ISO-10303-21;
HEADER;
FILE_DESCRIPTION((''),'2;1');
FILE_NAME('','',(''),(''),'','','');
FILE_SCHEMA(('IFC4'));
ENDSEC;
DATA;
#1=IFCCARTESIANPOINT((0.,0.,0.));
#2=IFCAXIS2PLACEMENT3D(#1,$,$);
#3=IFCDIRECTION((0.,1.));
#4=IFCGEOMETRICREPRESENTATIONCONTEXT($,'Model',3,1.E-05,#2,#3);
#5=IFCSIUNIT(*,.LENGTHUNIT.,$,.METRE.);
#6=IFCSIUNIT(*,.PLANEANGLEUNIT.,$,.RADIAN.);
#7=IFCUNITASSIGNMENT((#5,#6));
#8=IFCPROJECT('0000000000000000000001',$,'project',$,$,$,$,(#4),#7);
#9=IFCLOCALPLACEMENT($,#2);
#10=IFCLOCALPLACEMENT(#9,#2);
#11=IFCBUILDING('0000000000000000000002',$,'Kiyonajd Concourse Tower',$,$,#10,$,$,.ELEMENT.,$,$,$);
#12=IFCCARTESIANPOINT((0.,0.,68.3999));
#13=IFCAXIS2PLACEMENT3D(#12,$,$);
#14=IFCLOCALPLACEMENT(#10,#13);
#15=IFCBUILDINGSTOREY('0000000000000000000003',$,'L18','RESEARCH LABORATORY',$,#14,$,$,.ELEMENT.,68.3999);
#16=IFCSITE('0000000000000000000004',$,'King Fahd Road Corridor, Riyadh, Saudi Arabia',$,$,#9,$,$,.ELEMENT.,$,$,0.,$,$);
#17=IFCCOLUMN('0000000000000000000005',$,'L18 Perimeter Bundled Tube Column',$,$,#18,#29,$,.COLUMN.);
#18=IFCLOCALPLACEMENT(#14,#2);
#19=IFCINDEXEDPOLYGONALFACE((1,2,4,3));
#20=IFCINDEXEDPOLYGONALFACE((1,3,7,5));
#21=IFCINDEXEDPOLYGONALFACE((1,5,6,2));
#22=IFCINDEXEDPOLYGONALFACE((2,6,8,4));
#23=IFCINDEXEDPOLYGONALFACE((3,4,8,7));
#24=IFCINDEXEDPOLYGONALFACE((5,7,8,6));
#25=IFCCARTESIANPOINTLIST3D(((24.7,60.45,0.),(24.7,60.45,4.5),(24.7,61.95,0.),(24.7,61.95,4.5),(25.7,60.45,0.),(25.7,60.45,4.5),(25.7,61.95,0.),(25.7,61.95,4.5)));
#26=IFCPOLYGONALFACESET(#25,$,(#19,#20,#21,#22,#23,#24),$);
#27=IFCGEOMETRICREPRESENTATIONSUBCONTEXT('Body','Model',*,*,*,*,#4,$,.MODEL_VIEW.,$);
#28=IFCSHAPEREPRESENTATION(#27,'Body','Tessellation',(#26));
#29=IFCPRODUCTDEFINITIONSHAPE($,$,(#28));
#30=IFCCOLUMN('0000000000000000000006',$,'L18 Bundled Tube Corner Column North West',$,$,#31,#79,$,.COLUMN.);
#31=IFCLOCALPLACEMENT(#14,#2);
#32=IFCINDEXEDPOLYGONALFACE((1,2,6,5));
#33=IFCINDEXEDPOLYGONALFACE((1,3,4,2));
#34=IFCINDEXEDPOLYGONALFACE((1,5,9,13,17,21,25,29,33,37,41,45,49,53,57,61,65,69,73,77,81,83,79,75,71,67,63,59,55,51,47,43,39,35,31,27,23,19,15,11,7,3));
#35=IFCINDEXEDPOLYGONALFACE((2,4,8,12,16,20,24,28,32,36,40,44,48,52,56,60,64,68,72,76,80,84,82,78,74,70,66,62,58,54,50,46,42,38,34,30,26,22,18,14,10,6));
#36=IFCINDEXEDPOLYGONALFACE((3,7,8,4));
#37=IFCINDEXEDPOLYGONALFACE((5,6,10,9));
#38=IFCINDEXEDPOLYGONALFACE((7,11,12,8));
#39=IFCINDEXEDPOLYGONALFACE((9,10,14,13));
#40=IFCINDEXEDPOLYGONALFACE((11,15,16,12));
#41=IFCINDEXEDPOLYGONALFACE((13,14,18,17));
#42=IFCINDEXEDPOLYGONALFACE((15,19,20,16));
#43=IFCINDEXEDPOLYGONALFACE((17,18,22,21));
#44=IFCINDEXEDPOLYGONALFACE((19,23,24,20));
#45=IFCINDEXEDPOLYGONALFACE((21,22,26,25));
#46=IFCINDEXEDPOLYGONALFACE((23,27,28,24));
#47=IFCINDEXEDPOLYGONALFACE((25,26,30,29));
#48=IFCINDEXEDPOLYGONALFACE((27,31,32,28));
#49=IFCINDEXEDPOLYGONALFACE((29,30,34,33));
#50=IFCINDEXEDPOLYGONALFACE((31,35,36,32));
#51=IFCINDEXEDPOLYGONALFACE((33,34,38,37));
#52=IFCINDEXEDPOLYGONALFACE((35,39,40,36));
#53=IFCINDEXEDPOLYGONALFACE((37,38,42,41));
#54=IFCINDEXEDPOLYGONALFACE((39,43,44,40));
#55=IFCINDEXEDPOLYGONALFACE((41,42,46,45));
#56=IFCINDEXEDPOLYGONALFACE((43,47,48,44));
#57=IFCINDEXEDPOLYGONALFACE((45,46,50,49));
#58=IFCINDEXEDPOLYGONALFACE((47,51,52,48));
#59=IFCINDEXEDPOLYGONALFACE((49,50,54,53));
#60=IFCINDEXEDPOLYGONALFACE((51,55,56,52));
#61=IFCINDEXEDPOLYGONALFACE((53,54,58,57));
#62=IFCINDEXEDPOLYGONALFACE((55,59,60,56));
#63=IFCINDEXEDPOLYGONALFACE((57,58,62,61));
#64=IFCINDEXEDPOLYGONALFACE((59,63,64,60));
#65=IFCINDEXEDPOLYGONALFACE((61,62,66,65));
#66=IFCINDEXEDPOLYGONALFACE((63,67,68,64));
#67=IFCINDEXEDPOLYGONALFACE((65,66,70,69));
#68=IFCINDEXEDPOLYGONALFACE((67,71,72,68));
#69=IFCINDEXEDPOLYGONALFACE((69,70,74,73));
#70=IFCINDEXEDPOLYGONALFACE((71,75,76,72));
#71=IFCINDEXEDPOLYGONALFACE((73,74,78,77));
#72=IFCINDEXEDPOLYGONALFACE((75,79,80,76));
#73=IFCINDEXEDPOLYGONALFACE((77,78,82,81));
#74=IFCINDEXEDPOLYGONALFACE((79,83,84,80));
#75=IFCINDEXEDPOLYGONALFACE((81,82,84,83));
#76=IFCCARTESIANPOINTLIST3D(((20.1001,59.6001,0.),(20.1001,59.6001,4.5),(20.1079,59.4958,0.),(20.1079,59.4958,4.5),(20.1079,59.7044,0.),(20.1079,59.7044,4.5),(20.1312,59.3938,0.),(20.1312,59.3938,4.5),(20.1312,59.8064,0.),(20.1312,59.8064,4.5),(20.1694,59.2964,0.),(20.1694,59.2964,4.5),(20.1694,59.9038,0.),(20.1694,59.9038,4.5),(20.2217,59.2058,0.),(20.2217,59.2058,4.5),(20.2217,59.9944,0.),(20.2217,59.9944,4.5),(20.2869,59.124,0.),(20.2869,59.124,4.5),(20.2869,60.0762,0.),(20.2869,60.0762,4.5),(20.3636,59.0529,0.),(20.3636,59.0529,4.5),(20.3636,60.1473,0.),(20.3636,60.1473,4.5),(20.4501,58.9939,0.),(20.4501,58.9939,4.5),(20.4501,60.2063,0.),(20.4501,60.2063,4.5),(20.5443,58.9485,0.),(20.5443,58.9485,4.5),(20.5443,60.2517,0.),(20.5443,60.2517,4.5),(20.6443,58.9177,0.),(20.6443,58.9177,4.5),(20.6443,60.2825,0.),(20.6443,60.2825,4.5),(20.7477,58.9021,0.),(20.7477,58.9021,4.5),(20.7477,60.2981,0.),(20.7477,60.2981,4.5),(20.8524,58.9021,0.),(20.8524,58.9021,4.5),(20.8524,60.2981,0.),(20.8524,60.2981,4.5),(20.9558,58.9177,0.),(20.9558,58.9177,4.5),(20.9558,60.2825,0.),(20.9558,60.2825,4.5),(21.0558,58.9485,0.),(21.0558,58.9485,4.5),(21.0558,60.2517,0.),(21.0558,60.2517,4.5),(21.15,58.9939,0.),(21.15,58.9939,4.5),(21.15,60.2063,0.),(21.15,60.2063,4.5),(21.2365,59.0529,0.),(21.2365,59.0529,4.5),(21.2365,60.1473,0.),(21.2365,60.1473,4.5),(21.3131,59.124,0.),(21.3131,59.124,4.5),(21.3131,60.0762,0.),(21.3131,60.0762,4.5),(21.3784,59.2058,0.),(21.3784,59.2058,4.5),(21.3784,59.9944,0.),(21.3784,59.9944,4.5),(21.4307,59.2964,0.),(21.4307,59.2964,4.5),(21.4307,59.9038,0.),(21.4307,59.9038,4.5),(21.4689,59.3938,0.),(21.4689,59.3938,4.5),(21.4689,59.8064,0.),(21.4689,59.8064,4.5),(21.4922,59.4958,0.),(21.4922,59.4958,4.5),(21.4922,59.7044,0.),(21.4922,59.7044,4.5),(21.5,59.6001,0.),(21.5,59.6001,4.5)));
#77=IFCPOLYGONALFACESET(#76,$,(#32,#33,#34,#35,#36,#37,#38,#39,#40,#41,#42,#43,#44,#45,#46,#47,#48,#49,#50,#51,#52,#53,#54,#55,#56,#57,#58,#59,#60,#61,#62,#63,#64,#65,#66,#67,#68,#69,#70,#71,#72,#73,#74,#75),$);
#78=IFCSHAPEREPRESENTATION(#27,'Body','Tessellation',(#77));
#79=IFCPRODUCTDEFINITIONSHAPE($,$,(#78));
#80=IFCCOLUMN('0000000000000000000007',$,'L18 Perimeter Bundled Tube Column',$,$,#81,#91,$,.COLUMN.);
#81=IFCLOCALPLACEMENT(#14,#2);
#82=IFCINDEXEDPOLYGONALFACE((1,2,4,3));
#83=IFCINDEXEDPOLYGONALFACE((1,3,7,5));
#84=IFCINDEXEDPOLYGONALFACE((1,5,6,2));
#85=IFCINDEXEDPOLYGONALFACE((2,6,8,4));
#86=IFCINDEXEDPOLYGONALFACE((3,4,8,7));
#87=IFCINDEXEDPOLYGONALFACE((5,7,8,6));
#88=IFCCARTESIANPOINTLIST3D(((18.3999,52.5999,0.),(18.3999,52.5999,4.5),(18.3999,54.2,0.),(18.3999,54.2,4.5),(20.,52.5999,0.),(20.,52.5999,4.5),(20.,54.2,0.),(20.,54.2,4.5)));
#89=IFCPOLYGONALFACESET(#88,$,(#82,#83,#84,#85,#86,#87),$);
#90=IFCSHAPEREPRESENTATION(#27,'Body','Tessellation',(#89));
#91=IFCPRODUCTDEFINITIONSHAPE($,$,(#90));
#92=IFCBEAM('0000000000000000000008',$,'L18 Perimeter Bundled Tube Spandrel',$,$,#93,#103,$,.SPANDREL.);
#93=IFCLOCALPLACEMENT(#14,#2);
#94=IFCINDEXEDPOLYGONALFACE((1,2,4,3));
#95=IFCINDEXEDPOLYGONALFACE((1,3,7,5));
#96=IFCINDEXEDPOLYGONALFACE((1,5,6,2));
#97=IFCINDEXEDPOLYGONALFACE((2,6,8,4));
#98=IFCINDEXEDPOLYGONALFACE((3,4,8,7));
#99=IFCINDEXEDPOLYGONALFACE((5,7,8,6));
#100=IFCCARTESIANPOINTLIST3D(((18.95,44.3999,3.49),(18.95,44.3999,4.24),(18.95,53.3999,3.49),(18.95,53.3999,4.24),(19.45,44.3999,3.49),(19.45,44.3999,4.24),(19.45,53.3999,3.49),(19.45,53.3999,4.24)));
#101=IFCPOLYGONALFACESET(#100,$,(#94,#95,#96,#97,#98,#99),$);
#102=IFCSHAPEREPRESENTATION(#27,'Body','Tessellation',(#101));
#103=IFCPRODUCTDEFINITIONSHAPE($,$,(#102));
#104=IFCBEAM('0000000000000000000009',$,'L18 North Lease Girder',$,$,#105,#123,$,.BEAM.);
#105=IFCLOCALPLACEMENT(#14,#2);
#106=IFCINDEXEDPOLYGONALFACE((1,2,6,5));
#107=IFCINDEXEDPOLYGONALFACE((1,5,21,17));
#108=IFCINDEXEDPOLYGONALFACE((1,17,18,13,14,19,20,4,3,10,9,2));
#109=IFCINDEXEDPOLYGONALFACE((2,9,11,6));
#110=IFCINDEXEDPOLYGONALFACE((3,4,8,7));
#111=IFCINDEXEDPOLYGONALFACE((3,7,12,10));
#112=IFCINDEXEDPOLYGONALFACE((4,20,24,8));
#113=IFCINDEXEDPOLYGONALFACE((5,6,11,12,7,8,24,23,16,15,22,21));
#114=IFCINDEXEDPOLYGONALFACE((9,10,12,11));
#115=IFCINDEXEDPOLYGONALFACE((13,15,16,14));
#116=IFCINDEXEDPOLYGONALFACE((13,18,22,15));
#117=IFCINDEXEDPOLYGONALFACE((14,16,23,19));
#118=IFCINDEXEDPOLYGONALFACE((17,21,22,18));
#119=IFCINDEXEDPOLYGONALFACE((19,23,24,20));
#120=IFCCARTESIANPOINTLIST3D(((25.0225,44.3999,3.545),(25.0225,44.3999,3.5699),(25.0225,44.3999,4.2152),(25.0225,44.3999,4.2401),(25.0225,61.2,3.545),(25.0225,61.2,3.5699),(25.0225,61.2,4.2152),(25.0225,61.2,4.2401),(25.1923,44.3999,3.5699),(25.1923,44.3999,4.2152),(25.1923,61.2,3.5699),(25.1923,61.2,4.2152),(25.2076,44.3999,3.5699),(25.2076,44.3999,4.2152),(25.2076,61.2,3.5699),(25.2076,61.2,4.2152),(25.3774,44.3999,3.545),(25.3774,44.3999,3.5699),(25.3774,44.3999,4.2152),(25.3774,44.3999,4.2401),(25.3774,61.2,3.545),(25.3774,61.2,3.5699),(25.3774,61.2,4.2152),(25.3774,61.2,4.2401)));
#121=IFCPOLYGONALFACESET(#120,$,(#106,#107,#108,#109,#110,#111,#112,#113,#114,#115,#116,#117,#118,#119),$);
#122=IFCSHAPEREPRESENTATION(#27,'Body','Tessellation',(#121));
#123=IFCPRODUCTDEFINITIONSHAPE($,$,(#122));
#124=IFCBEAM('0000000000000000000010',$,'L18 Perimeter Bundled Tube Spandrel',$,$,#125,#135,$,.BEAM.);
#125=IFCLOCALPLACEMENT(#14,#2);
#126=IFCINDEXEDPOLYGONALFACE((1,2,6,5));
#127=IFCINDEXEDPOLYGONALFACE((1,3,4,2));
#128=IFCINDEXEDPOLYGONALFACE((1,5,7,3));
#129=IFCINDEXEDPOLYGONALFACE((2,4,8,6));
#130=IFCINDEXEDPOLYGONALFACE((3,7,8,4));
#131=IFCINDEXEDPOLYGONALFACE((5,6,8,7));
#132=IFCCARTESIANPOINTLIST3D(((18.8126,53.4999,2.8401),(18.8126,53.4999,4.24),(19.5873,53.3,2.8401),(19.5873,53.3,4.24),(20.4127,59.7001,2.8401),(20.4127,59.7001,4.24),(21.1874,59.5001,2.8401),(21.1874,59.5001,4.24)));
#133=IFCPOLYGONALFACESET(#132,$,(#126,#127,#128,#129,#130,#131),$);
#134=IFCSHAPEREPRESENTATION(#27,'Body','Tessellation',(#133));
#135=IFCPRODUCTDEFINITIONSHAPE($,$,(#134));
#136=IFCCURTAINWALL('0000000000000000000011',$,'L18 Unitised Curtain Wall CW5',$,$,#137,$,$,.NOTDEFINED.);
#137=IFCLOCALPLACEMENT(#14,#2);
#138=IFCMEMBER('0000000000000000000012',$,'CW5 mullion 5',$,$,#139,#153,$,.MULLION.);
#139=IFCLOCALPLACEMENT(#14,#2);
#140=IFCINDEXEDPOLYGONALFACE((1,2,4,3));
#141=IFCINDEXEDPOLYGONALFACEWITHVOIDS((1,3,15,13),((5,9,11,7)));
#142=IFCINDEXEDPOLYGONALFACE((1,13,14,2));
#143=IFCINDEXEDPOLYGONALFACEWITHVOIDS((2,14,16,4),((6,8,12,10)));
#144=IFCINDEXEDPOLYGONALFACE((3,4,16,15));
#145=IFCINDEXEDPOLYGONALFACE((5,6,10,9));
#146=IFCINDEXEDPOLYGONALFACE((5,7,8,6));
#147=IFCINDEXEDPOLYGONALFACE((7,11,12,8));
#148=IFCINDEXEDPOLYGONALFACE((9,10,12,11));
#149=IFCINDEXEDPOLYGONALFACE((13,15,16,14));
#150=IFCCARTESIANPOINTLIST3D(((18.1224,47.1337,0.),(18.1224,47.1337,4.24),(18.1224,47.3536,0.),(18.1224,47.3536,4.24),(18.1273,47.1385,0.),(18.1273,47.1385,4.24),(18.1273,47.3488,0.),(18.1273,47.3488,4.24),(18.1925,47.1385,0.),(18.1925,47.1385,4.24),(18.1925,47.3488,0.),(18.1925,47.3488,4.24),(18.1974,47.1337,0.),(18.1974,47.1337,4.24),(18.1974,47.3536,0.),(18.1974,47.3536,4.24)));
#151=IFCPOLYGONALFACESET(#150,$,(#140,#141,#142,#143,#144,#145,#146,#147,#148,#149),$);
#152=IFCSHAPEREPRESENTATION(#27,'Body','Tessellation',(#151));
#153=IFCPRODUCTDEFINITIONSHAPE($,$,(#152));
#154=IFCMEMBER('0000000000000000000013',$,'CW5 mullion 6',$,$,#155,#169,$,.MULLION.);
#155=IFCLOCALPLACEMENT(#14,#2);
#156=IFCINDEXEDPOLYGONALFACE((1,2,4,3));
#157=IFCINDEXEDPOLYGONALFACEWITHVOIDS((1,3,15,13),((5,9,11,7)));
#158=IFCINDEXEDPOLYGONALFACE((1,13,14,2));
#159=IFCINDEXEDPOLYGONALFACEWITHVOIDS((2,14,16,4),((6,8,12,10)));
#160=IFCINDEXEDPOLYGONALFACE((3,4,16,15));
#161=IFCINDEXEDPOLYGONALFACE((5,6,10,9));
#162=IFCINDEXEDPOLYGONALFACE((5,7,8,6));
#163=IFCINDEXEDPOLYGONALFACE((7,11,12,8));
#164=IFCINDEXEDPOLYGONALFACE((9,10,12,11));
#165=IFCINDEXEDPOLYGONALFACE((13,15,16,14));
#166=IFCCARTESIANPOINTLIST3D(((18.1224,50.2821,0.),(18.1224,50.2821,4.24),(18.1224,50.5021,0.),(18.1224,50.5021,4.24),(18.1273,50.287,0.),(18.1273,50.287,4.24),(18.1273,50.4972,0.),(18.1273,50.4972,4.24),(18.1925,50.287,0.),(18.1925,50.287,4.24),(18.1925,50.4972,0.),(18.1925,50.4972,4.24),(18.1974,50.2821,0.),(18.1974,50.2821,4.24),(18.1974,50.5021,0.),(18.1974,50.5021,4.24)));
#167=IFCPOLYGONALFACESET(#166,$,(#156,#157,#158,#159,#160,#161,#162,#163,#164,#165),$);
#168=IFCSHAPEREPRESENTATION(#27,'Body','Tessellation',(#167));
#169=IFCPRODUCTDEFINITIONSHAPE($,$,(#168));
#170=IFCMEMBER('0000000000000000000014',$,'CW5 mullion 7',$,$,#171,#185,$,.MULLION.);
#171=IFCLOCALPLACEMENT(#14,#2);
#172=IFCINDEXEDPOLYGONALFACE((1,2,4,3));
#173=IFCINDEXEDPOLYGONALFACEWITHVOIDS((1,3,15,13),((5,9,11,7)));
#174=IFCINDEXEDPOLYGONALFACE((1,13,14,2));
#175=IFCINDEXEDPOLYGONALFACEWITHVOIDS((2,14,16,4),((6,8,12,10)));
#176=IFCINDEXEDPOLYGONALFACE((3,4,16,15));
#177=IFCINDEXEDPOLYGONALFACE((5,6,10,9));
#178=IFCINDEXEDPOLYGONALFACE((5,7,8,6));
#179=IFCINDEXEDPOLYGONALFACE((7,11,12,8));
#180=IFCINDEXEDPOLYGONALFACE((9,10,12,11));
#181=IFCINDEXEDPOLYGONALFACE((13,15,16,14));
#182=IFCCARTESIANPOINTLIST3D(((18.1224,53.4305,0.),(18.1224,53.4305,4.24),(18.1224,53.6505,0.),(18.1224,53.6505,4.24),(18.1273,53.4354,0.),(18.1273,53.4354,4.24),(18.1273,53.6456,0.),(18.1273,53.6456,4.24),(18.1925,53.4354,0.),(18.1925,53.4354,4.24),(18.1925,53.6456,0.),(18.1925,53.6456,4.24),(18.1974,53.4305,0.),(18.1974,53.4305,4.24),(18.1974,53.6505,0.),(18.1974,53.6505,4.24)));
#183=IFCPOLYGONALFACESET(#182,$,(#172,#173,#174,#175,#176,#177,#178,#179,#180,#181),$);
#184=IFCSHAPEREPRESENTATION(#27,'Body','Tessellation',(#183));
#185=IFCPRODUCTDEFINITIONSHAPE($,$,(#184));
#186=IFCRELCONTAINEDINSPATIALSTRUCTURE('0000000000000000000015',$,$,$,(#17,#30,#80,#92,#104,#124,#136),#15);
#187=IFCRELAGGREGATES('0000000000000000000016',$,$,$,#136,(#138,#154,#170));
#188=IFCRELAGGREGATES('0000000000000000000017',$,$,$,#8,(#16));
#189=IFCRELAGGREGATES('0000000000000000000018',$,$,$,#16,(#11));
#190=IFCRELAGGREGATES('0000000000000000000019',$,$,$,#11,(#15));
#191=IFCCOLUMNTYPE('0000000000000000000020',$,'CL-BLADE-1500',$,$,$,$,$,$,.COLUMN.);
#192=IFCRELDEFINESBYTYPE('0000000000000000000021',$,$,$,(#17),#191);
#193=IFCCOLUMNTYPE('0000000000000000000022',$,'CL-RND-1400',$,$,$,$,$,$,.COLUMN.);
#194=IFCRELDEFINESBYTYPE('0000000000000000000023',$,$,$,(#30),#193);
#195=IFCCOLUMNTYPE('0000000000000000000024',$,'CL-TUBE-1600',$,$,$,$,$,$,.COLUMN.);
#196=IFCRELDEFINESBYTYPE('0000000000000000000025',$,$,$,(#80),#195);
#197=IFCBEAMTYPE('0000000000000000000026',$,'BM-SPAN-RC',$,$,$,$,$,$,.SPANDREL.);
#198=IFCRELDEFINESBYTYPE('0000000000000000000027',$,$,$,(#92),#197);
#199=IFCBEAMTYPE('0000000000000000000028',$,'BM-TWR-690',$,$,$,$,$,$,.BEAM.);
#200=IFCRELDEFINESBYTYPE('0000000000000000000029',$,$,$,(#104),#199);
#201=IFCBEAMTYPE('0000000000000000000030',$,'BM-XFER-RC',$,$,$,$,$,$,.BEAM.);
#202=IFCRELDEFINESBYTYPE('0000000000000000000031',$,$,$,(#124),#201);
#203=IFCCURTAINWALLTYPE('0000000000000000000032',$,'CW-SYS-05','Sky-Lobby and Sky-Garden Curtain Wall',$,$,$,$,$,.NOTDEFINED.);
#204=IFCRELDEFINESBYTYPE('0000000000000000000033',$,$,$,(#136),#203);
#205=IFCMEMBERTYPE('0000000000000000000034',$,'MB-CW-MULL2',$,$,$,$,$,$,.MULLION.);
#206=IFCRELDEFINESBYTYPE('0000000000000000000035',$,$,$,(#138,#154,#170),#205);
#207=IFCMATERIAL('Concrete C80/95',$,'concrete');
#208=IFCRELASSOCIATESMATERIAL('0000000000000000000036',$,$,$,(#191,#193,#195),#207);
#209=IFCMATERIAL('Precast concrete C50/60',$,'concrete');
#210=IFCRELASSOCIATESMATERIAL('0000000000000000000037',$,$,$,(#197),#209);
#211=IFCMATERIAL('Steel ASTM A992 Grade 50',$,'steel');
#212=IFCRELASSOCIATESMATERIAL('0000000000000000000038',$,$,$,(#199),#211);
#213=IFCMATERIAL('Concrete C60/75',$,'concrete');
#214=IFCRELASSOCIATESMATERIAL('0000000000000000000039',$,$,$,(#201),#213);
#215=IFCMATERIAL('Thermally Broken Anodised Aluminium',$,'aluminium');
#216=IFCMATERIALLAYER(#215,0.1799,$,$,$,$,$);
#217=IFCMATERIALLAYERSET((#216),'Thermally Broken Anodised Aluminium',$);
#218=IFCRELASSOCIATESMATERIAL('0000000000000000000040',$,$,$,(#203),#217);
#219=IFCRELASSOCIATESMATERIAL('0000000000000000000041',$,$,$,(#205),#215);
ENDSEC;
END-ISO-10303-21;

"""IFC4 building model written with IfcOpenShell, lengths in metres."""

from ifc_helpers import new_model, si_unit, direction, frame, origin, origin_2d, place, context, subcontext, project, spatial, rectangle, hollow_rectangle, circle, i_section, extrude, material, layer, layer_set, material_profile, profile_set, type_object, element, aggregate, save


model = new_model("IFC4")

# Units and contexts
model_context = context("Model", 3, precision=1e-05, world=origin(), true_north=direction((0.0, 1.0)))
body_context = subcontext(model_context, "Body", "Model", "MODEL_VIEW")
ifc_project = project(units=[si_unit("LENGTHUNIT", "METRE"), si_unit("PLANEANGLEUNIT", "RADIAN")], contexts=[model_context])

# Site, building, storey
site_placement = place(None, origin())
site = spatial("IfcSite", under=ifc_project, at=site_placement, Name="King Fahd Road Corridor, Riyadh, Saudi Arabia", CompositionType="ELEMENT", RefElevation=0.0)
building_placement = place(site_placement, origin())
building = spatial("IfcBuilding", under=site, at=building_placement, Name="Kiyonajd Concourse Tower", CompositionType="ELEMENT")
storey_placement = place(building_placement, frame((0.0, 0.0, 68.3999)))
storey = spatial("IfcBuildingStorey", under=building, at=storey_placement, Name="L18", Description="RESEARCH LABORATORY", CompositionType="ELEMENT", Elevation=68.3999)

# Columns
ifc_material_1 = material(Name="Concrete C80/95", Category="concrete")
ifc_material_profile_1 = material_profile(ifc_material_1, rectangle(XDim=1.0, YDim=1.5, at=origin_2d()), Name="RC-1500x1000")
ifc_profile_set_1 = profile_set([ifc_material_profile_1], Name="Concrete C80/95")
column_type_1 = type_object("IfcColumnType", Name="CL-BLADE-1500", PredefinedType="COLUMN", material=ifc_profile_set_1)
column_1_placement = place(storey_placement, frame((25.2, 61.2, 0.0), z_axis=(0.0, 0.0, 1.0), x_axis=(1.0, 0.0, 0.0)))
element("IfcColumn", 1, at=column_1_placement, inside=storey, type_object=column_type_1, Name="L18 Perimeter Bundled Tube Column", PredefinedType="COLUMN", context=body_context, shape_type="SweptSolid", body=[
    extrude(rectangle(XDim=1.0, YDim=1.5, at=origin_2d()), origin(), (0.0, 0.0, 1.0), 4.5),
])
ifc_material_profile_2 = material_profile(ifc_material_1, circle(Radius=0.7, at=origin_2d()), Name="RCC-D1400")
ifc_profile_set_2 = profile_set([ifc_material_profile_2], Name="Concrete C80/95")
column_type_2 = type_object("IfcColumnType", Name="CL-RND-1400", PredefinedType="COLUMN", material=ifc_profile_set_2)
column_2_placement = place(storey_placement, frame((20.8, 59.6001, 0.0), z_axis=(0.0, 0.0, 1.0), x_axis=(1.0, 0.0, 0.0)))
element("IfcColumn", 2, at=column_2_placement, inside=storey, type_object=column_type_2, Name="L18 Bundled Tube Corner Column North West", PredefinedType="COLUMN", context=body_context, shape_type="SweptSolid", body=[
    extrude(circle(Radius=0.7, at=origin_2d()), origin(), (0.0, 0.0, 1.0), 4.5),
])
ifc_material_profile_3 = material_profile(ifc_material_1, rectangle(XDim=1.6001, YDim=1.6001, at=origin_2d()), Name="RC-1600x1600")
ifc_profile_set_3 = profile_set([ifc_material_profile_3], Name="Concrete C80/95")
column_type_3 = type_object("IfcColumnType", Name="CL-TUBE-1600", PredefinedType="COLUMN", material=ifc_profile_set_3)
column_3_placement = place(storey_placement, frame((19.2, 53.3999, 0.0), z_axis=(0.0, 0.0, 1.0), x_axis=(1.0, 0.0, 0.0)))
element("IfcColumn", 3, at=column_3_placement, inside=storey, type_object=column_type_3, Name="L18 Perimeter Bundled Tube Column", PredefinedType="COLUMN", context=body_context, shape_type="SweptSolid", body=[
    extrude(rectangle(XDim=1.6001, YDim=1.6001, at=origin_2d()), origin(), (0.0, 0.0, 1.0), 4.5),
])

# Beams
ifc_material_2 = material(Name="Precast concrete C50/60", Category="concrete")
ifc_material_profile_4 = material_profile(ifc_material_2, rectangle(XDim=0.5, YDim=0.75, at=origin_2d()), Name="RCBM-500x750")
ifc_profile_set_4 = profile_set([ifc_material_profile_4], Name="Precast concrete C50/60")
beam_type_1 = type_object("IfcBeamType", Name="BM-SPAN-RC", PredefinedType="SPANDREL", material=ifc_profile_set_4)
beam_1_placement = place(storey_placement, frame((19.2, 53.3999, 3.865), z_axis=(0.0, -1.0, 0.0), x_axis=(1.0, 0.0, 0.0)))
element("IfcBeam", 4, at=beam_1_placement, inside=storey, type_object=beam_type_1, Name="L18 Perimeter Bundled Tube Spandrel", PredefinedType="SPANDREL", context=body_context, shape_type="SweptSolid", body=[
    extrude(rectangle(XDim=0.5, YDim=0.75, at=origin_2d()), origin(), (0.0, 0.0, 1.0), 9.0),
])
ifc_material_3 = material(Name="Steel ASTM A992 Grade 50", Category="steel")
ifc_material_profile_5 = material_profile(ifc_material_3, i_section(OverallWidth=0.355, OverallDepth=0.6951, WebThickness=0.0154, FlangeThickness=0.0249, at=origin_2d()), Name="W690X217")
ifc_profile_set_5 = profile_set([ifc_material_profile_5], Name="Steel ASTM A992 Grade 50")
beam_type_2 = type_object("IfcBeamType", Name="BM-TWR-690", PredefinedType="BEAM", material=ifc_profile_set_5)
beam_2_placement = place(storey_placement, frame((25.2, 44.3999, 3.8926), z_axis=(0.0, 1.0, 0.0), x_axis=(-1.0, 0.0, 0.0)))
element("IfcBeam", 5, at=beam_2_placement, inside=storey, type_object=beam_type_2, Name="L18 North Lease Girder", PredefinedType="BEAM", context=body_context, shape_type="SweptSolid", body=[
    extrude(i_section(OverallWidth=0.355, OverallDepth=0.6951, WebThickness=0.0154, FlangeThickness=0.0249, at=origin_2d()), origin(), (0.0, 0.0, 1.0), 16.8),
])
ifc_material_4 = material(Name="Concrete C60/75", Category="concrete")
ifc_material_profile_6 = material_profile(ifc_material_4, rectangle(XDim=0.8, YDim=1.3999, at=origin_2d()), Name="RCBM-800x1400")
ifc_profile_set_6 = profile_set([ifc_material_profile_6], Name="Concrete C60/75")
beam_type_3 = type_object("IfcBeamType", Name="BM-XFER-RC", PredefinedType="BEAM", material=ifc_profile_set_6)
beam_3_placement = place(storey_placement, frame((20.8, 59.6001, 3.54), z_axis=(-0.249885, -0.968276, 0.0), x_axis=(0.968276, -0.249885, 0.0)))
element("IfcBeam", 6, at=beam_3_placement, inside=storey, type_object=beam_type_3, Name="L18 Perimeter Bundled Tube Spandrel", PredefinedType="BEAM", context=body_context, shape_type="SweptSolid", body=[
    extrude(rectangle(XDim=0.8, YDim=1.3999, at=origin_2d()), origin(), (0.0, 0.0, 1.0), 6.4033),
])

# Curtain wall, members
ifc_material_5 = material(Name="Thermally Broken Anodised Aluminium", Category="aluminium")
ifc_layer_1 = layer(ifc_material_5, 0.1799)
ifc_layer_set_1 = layer_set([ifc_layer_1], Name="Thermally Broken Anodised Aluminium")
curtain_wall_type = type_object("IfcCurtainWallType", Name="CW-SYS-05", Description="Sky-Lobby and Sky-Garden Curtain Wall", PredefinedType="NOTDEFINED", material=ifc_layer_set_1)
curtain_wall_placement = place(storey_placement, origin())
curtain_wall = element("IfcCurtainWall", 7, at=curtain_wall_placement, inside=storey, type_object=curtain_wall_type, Name="L18 Unitised Curtain Wall CW5", PredefinedType="NOTDEFINED")
ifc_material_profile_7 = material_profile(ifc_material_5, hollow_rectangle(XDim=0.075, YDim=0.22, WallThickness=0.0049, at=origin_2d()), Name="MULL-75x220")
ifc_profile_set_7 = profile_set([ifc_material_profile_7], Name="Thermally Broken Anodised Aluminium")
member_type_1 = type_object("IfcMemberType", Name="MB-CW-MULL2", PredefinedType="MULLION", material=ifc_profile_set_7)
member_1_placement = place(storey_placement, frame((18.1599, 47.2437, 0.0), z_axis=(0.0, 0.0, 1.0), x_axis=(-1.0, 0.0, 0.0)))
member_1 = element("IfcMember", 8, at=member_1_placement, type_object=member_type_1, Name="CW5 mullion 5", PredefinedType="MULLION", context=body_context, shape_type="SweptSolid", body=[
    extrude(hollow_rectangle(XDim=0.075, YDim=0.22, WallThickness=0.0049, at=origin_2d()), origin(), (0.0, 0.0, 1.0), 4.24),
])
member_2_placement = place(storey_placement, frame((18.1599, 50.3921, 0.0), z_axis=(0.0, 0.0, 1.0), x_axis=(-1.0, 0.0, 0.0)))
member_2 = element("IfcMember", 9, at=member_2_placement, type_object=member_type_1, Name="CW5 mullion 6", PredefinedType="MULLION", context=body_context, shape_type="SweptSolid", body=[
    extrude(hollow_rectangle(XDim=0.075, YDim=0.22, WallThickness=0.0049, at=origin_2d()), origin(), (0.0, 0.0, 1.0), 4.24),
])
member_3_placement = place(storey_placement, frame((18.1599, 53.5405, 0.0), z_axis=(0.0, 0.0, 1.0), x_axis=(-1.0, 0.0, 0.0)))
member_3 = element("IfcMember", 10, at=member_3_placement, type_object=member_type_1, Name="CW5 mullion 7", PredefinedType="MULLION", context=body_context, shape_type="SweptSolid", body=[
    extrude(hollow_rectangle(XDim=0.075, YDim=0.22, WallThickness=0.0049, at=origin_2d()), origin(), (0.0, 0.0, 1.0), 4.24),
])
aggregate(curtain_wall, [member_1, member_2, member_3])

save(model, "model.ifc")
